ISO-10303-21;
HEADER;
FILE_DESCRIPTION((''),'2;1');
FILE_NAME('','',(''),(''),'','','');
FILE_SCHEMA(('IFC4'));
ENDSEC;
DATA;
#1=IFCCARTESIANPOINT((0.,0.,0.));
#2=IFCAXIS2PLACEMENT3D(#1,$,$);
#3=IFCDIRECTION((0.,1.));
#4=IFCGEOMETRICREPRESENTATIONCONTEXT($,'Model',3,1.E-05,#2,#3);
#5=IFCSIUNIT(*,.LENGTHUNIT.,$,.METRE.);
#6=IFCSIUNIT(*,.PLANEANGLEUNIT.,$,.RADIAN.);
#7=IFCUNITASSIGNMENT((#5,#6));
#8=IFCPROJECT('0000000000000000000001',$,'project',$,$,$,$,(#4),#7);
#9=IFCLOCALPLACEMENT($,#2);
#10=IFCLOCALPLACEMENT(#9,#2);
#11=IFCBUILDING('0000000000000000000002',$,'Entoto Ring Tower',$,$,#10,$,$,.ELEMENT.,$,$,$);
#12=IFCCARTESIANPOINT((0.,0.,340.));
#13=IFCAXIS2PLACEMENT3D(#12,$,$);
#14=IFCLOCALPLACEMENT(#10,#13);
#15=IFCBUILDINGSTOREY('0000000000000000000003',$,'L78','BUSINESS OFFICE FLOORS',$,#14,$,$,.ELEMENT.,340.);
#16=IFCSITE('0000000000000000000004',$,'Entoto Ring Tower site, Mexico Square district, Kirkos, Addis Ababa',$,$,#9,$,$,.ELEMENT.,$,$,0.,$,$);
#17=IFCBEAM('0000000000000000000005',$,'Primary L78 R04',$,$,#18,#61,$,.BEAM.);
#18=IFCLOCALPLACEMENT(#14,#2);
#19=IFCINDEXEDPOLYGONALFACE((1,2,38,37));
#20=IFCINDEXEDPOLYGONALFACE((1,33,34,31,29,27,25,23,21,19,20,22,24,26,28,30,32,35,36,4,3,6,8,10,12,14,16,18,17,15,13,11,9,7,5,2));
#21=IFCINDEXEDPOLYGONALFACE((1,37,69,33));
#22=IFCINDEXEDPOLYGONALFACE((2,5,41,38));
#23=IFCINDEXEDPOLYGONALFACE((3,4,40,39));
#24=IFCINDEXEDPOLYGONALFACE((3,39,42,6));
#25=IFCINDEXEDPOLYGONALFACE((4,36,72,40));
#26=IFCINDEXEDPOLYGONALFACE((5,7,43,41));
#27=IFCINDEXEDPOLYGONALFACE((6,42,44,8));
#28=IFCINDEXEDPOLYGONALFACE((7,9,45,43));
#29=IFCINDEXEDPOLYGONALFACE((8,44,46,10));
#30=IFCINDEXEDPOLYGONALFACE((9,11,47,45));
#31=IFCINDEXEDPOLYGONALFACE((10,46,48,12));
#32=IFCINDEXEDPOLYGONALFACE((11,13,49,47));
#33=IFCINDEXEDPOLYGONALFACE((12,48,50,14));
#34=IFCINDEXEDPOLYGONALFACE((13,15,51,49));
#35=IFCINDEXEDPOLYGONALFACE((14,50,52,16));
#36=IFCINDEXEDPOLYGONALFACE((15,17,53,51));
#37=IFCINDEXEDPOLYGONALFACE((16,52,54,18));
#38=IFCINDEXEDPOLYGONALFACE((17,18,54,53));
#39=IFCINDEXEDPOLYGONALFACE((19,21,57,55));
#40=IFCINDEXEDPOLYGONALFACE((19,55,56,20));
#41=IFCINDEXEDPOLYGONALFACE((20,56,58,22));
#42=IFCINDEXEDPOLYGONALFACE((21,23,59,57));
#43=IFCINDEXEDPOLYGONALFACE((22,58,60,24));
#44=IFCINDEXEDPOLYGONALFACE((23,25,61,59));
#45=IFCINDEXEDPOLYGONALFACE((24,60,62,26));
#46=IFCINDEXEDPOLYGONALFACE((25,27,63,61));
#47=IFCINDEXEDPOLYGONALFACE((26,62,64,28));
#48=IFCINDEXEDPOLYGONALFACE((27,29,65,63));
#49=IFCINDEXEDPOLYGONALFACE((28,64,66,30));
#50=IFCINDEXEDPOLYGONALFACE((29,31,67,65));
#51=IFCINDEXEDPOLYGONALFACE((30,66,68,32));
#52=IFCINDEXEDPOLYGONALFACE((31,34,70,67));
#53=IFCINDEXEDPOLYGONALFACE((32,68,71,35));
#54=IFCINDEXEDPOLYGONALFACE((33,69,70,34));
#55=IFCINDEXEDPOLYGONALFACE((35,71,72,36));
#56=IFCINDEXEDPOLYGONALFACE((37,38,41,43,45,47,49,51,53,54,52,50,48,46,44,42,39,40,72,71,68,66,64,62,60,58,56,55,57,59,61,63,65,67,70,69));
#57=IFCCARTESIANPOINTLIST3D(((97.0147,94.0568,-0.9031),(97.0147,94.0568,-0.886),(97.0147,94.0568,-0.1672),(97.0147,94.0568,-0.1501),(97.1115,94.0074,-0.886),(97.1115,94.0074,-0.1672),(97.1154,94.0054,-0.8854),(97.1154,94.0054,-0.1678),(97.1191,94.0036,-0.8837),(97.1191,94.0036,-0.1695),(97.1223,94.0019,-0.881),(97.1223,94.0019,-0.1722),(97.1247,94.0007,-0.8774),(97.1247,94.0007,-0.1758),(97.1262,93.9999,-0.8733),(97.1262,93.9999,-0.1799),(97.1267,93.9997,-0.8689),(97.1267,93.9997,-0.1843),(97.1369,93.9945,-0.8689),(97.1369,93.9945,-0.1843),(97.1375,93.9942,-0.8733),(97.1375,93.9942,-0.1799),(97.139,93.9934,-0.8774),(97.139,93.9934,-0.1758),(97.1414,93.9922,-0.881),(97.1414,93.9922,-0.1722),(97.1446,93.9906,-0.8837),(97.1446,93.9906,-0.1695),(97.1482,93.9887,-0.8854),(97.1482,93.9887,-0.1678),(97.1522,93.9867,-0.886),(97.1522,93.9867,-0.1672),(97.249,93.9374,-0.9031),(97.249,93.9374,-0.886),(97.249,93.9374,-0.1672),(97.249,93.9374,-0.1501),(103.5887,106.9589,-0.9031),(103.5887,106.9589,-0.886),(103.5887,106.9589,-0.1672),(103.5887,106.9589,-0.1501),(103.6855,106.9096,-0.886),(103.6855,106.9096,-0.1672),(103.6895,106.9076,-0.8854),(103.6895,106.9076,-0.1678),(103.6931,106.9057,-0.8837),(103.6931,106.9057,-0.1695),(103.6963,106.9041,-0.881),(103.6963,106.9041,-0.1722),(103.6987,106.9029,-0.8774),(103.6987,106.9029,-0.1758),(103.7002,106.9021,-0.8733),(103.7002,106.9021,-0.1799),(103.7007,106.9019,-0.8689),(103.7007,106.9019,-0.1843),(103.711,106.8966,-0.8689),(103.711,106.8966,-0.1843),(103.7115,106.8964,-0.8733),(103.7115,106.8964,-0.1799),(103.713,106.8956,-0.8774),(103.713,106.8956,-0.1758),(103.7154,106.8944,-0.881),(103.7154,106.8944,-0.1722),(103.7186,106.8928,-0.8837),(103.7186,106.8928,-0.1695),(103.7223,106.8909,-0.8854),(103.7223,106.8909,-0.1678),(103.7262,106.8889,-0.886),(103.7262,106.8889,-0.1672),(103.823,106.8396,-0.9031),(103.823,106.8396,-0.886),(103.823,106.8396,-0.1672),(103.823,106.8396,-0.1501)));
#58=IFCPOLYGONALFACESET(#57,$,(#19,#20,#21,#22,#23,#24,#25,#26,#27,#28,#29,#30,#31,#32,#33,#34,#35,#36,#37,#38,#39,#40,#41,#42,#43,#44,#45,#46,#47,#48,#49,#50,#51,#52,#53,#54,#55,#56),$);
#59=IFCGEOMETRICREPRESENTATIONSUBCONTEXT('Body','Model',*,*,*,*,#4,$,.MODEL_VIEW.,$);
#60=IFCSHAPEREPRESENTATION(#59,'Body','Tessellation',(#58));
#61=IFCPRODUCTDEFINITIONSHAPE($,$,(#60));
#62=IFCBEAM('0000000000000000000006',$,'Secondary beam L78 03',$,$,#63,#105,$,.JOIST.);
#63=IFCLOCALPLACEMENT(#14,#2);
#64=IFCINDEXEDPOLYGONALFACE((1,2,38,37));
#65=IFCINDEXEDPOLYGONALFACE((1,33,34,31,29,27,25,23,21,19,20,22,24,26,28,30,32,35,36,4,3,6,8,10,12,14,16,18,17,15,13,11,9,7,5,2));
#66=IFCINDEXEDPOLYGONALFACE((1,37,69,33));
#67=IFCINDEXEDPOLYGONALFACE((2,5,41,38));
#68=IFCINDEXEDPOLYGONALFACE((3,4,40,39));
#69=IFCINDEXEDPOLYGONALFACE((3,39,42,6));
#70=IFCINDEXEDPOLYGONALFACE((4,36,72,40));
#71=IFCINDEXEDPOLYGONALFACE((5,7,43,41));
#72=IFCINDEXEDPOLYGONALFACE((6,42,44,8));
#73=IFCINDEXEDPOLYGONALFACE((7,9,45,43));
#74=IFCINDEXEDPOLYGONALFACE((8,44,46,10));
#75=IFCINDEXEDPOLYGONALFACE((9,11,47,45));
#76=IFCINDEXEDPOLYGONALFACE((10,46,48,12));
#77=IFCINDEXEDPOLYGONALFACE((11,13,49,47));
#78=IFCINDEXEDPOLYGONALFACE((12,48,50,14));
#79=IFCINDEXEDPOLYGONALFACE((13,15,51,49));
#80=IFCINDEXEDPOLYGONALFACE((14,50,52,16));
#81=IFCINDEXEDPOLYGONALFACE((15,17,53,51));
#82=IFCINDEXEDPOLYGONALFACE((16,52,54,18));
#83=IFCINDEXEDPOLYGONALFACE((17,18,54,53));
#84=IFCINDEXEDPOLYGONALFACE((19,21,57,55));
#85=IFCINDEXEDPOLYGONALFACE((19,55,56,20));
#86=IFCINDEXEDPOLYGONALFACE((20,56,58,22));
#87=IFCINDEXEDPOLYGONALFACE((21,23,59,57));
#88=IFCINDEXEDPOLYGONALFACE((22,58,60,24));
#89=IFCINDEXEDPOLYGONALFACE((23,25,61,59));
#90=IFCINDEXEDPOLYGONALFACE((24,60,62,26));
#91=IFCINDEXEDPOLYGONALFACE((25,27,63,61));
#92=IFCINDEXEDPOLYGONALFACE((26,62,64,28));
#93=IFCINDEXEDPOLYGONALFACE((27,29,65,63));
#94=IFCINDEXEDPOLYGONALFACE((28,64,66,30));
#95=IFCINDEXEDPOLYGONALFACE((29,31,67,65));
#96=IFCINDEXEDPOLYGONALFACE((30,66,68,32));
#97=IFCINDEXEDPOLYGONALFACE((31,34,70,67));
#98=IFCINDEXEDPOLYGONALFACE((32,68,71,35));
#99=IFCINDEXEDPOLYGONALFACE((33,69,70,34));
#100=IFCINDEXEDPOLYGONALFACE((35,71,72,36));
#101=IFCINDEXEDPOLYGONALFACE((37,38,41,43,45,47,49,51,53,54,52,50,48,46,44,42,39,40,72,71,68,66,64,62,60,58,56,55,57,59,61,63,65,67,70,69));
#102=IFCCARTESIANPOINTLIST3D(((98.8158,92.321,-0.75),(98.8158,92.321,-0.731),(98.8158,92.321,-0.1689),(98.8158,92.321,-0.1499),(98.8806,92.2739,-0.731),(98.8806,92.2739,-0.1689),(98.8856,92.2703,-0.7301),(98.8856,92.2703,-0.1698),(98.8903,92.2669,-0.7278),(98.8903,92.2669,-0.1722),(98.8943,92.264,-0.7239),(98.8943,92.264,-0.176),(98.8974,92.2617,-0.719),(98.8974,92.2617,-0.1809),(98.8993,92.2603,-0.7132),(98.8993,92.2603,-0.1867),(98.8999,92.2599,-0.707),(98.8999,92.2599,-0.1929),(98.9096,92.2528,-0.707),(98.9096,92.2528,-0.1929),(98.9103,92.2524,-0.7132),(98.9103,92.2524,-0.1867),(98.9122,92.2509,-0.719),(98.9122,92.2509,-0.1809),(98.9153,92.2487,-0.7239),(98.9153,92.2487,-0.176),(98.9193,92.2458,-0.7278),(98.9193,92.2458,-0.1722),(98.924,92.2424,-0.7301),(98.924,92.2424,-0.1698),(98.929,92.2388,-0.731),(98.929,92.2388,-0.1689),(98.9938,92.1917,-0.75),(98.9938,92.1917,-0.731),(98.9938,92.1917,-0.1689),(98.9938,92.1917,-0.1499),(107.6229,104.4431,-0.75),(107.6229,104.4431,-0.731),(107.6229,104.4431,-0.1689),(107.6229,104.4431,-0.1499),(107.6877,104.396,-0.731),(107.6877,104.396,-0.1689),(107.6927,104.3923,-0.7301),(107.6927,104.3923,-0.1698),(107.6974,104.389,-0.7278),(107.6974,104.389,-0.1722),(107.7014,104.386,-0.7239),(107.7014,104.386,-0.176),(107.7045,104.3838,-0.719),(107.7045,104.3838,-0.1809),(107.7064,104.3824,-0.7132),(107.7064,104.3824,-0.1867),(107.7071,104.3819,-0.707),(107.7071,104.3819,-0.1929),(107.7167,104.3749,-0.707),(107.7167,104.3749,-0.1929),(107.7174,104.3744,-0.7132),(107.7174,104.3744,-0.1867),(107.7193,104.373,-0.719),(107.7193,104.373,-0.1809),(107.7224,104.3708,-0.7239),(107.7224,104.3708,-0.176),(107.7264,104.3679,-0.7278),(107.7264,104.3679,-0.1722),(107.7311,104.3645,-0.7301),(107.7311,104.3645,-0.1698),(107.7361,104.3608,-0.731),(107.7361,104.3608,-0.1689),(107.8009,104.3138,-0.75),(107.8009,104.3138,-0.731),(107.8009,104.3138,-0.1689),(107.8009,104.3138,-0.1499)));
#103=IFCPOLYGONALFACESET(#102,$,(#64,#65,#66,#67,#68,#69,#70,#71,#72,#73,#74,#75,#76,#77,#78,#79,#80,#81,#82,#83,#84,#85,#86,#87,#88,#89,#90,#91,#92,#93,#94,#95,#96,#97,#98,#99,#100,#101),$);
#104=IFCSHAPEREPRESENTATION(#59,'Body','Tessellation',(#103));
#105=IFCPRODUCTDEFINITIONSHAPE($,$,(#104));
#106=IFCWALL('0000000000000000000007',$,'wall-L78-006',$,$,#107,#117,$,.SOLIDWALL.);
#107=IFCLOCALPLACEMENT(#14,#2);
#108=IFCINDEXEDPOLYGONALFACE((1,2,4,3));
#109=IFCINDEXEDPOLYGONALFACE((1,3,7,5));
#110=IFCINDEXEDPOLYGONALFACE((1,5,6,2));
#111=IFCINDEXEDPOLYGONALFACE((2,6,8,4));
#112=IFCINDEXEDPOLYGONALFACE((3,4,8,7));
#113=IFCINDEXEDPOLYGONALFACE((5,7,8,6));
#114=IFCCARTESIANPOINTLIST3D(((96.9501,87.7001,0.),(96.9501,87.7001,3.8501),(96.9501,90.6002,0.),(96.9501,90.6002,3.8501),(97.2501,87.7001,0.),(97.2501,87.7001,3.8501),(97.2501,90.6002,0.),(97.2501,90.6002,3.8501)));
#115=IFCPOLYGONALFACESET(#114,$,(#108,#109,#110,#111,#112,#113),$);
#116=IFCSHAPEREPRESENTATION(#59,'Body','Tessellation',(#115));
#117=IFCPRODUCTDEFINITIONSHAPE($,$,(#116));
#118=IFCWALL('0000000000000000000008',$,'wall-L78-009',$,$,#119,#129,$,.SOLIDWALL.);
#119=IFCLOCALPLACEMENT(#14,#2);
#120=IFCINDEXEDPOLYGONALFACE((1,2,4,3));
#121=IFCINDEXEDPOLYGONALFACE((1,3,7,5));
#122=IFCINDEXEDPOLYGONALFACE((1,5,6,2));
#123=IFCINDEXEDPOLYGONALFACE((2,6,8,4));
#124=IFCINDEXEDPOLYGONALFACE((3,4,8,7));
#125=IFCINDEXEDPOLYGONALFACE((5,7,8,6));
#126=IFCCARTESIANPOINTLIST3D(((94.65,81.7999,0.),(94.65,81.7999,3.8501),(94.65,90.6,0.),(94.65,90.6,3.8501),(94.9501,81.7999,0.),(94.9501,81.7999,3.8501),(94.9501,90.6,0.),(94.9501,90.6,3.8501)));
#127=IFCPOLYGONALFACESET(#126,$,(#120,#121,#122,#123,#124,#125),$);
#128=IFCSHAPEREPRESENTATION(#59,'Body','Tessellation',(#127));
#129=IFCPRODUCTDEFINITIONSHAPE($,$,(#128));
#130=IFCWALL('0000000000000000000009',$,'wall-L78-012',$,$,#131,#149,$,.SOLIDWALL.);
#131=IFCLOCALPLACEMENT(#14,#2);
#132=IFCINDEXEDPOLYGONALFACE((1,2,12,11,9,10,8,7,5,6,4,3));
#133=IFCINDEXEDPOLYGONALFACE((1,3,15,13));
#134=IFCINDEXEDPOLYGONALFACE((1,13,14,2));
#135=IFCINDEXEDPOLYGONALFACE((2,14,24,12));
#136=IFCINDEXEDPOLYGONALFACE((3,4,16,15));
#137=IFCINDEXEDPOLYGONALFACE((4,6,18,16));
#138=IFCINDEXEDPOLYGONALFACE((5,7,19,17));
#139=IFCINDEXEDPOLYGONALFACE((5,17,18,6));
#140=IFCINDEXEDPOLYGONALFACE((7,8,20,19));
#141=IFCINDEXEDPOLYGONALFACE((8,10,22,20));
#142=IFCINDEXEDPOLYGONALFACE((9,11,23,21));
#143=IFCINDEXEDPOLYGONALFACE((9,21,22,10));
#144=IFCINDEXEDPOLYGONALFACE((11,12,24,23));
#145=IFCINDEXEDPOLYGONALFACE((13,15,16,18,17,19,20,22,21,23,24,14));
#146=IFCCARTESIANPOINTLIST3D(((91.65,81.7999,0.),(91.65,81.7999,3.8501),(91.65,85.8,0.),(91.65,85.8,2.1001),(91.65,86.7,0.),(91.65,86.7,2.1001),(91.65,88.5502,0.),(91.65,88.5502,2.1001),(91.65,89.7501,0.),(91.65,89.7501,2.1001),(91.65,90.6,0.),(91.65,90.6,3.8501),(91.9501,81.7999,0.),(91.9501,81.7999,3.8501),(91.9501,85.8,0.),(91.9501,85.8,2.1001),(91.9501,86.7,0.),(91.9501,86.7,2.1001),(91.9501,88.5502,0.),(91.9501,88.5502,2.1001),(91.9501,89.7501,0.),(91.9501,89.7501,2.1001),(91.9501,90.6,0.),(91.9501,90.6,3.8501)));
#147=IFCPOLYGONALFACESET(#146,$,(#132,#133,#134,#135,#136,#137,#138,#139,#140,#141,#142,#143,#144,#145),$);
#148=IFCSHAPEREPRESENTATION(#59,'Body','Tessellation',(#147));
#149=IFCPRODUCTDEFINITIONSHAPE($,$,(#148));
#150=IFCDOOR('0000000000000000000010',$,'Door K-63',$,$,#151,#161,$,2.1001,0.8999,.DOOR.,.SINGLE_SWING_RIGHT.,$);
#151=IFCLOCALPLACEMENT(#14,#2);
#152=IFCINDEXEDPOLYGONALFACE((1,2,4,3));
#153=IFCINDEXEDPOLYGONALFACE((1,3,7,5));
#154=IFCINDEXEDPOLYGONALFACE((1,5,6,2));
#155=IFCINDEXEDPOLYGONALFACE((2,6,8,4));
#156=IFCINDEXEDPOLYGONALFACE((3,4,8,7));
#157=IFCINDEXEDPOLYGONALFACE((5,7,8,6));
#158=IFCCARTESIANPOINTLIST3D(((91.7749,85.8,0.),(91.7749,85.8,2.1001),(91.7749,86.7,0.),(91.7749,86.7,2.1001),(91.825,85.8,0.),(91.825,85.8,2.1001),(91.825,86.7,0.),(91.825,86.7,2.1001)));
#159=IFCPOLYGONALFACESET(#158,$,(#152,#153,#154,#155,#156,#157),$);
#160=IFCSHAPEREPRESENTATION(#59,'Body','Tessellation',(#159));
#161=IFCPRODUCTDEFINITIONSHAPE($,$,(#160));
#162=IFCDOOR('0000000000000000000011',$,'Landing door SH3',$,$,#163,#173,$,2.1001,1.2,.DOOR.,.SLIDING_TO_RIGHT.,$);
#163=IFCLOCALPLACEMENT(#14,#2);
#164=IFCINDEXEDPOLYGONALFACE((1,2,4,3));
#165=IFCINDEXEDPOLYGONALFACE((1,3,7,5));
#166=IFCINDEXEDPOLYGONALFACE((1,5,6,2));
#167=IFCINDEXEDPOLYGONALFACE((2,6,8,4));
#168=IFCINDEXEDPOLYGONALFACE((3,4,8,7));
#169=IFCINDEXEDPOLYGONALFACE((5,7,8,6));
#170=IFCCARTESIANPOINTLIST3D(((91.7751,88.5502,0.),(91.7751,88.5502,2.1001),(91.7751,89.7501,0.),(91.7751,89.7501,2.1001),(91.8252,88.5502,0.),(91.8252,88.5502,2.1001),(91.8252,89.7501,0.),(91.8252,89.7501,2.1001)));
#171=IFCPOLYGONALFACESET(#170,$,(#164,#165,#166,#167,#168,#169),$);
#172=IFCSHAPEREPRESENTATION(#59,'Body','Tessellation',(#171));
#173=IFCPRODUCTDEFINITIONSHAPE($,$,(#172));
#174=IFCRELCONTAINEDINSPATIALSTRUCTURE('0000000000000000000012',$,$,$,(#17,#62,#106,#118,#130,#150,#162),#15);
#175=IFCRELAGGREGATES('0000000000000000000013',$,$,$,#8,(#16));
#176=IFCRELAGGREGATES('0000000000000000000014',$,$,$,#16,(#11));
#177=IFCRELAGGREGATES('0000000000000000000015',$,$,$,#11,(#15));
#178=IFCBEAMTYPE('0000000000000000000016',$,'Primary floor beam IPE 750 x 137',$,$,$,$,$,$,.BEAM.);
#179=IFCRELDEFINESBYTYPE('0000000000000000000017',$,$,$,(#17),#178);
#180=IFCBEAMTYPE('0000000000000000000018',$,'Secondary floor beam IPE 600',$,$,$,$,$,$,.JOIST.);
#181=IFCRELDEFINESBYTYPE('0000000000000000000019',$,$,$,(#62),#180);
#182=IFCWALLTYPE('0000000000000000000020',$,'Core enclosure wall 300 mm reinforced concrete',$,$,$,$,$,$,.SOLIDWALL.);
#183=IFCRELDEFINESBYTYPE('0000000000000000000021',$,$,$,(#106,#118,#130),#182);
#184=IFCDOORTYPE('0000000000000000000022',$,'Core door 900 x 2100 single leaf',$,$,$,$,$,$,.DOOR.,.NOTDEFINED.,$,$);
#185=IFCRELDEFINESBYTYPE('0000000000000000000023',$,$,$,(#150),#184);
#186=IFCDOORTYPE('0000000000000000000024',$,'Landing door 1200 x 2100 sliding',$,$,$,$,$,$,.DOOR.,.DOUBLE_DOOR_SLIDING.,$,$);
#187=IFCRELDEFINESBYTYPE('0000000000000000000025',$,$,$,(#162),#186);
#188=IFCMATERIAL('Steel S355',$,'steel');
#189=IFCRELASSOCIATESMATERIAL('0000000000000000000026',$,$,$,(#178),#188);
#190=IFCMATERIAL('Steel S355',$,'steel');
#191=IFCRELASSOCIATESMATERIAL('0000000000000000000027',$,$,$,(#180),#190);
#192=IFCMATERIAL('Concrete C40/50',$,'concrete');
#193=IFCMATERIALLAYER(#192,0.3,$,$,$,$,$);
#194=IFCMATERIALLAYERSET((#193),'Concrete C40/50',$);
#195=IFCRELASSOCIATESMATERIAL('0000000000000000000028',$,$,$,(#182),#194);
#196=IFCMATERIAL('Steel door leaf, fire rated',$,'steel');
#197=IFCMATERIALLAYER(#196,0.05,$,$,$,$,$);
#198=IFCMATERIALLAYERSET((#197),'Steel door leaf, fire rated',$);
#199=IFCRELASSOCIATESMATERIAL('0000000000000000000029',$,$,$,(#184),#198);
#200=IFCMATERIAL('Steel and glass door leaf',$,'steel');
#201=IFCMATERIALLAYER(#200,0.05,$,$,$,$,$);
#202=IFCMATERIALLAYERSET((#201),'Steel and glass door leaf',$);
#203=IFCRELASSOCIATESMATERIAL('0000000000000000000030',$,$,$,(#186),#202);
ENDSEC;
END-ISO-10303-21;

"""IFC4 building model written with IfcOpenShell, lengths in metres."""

from ifc_helpers import new_model, si_unit, direction, frame, frame_2d, origin, origin_2d, place, context, subcontext, project, spatial, rectangle, i_section, extrude, material, layer, layer_set, material_profile, profile_set, type_object, element, fill, save


model = new_model("IFC4")

# Units and contexts
model_context = context("Model", 3, precision=1e-05, world=origin(), true_north=direction((0.0, 1.0)))
body_context = subcontext(model_context, "Body", "Model", "MODEL_VIEW")
ifc_project = project(units=[si_unit("LENGTHUNIT", "METRE"), si_unit("PLANEANGLEUNIT", "RADIAN")], contexts=[model_context])

# Site, building, storey
site_placement = place(None, origin())
site = spatial("IfcSite", under=ifc_project, at=site_placement, Name="Entoto Ring Tower site, Mexico Square district, Kirkos, Addis Ababa", CompositionType="ELEMENT", RefElevation=0.0)
building_placement = place(site_placement, origin())
building = spatial("IfcBuilding", under=site, at=building_placement, Name="Entoto Ring Tower", CompositionType="ELEMENT")
storey_placement = place(building_placement, frame((0.0, 0.0, 340.0)))
storey = spatial("IfcBuildingStorey", under=building, at=storey_placement, Name="L78", Description="BUSINESS OFFICE FLOORS", CompositionType="ELEMENT", Elevation=340.0)

# Beams
ifc_material_1 = material(Name="Steel S355", Category="steel")
ifc_material_profile_1 = material_profile(ifc_material_1, i_section(OverallWidth=0.2629, OverallDepth=0.7529, WebThickness=0.0115, FlangeThickness=0.0171, FilletRadius=0.0171, at=origin_2d()), Name="IPE 750 x 137")
ifc_profile_set_1 = profile_set([ifc_material_profile_1], Name="Steel S355")
beam_type_1 = type_object("IfcBeamType", Name="Primary floor beam IPE 750 x 137", PredefinedType="BEAM", material=ifc_profile_set_1)
beam_1_placement = place(storey_placement, frame((97.1318, 93.9971, -0.5266), z_axis=(0.453992, 0.891006, 0.0), x_axis=(-0.891006, 0.453992, 0.0)))
element("IfcBeam", 1, at=beam_1_placement, inside=storey, type_object=beam_type_1, Name="Primary L78 R04", PredefinedType="BEAM", context=body_context, shape_type="SweptSolid", body=[
    extrude(i_section(OverallWidth=0.2629, OverallDepth=0.7529, WebThickness=0.0115, FlangeThickness=0.0171, FilletRadius=0.0171, at=origin_2d()), origin(), (0.0, 0.0, 1.0), 14.4805),
])
ifc_material_2 = material(Name="Steel S355", Category="steel")
ifc_material_profile_2 = material_profile(ifc_material_2, i_section(OverallWidth=0.22, OverallDepth=0.6001, WebThickness=0.012, FlangeThickness=0.019, FilletRadius=0.0239, at=origin_2d()), Name="IPE 600")
ifc_profile_set_2 = profile_set([ifc_material_profile_2], Name="Steel S355")
beam_type_2 = type_object("IfcBeamType", Name="Secondary floor beam IPE 600", PredefinedType="JOIST", material=ifc_profile_set_2)
beam_2_placement = place(storey_placement, frame((98.9048, 92.2563, -0.45), z_axis=(0.587782, 0.809019, 0.0), x_axis=(-0.809019, 0.587782, 0.0)))
element("IfcBeam", 2, at=beam_2_placement, inside=storey, type_object=beam_type_2, Name="Secondary beam L78 03", PredefinedType="JOIST", context=body_context, shape_type="SweptSolid", body=[
    extrude(i_section(OverallWidth=0.22, OverallDepth=0.6001, WebThickness=0.012, FlangeThickness=0.019, FilletRadius=0.0239, at=origin_2d()), origin(), (0.0, 0.0, 1.0), 14.9836),
])

# Walls
ifc_material_3 = material(Name="Concrete C40/50", Category="concrete")
ifc_layer_1 = layer(ifc_material_3, 0.3)
ifc_layer_set_1 = layer_set([ifc_layer_1], Name="Concrete C40/50")
wall_type_1 = type_object("IfcWallType", Name="Core enclosure wall 300 mm reinforced concrete", PredefinedType="SOLIDWALL", material=ifc_layer_set_1)
wall_1_placement = place(storey_placement, frame((97.1001, 87.7, 0.0), z_axis=(0.0, 0.0, 1.0), x_axis=(0.0, 1.0, 0.0)))
element("IfcWall", 3, at=wall_1_placement, inside=storey, type_object=wall_type_1, Name="wall-L78-006", PredefinedType="SOLIDWALL", context=body_context, shape_type="SweptSolid", body=[
    extrude(rectangle(XDim=2.9001, YDim=0.3, at=frame_2d((1.4502, 0.0))), origin(), (0.0, 0.0, 1.0), 3.8501),
])
wall_2_placement = place(storey_placement, frame((94.8, 81.8, 0.0), z_axis=(0.0, 0.0, 1.0), x_axis=(0.0, 1.0, 0.0)))
element("IfcWall", 4, at=wall_2_placement, inside=storey, type_object=wall_type_1, Name="wall-L78-009", PredefinedType="SOLIDWALL", context=body_context, shape_type="SweptSolid", body=[
    extrude(rectangle(XDim=8.8, YDim=0.3, at=frame_2d((4.3999, 0.0))), origin(), (0.0, 0.0, 1.0), 3.8501),
])

# Wall, openings, doors
wall_3_placement = place(storey_placement, frame((91.8, 81.8, 0.0), z_axis=(0.0, 0.0, 1.0), x_axis=(0.0, 1.0, 0.0)))
wall_3 = element("IfcWall", 5, at=wall_3_placement, inside=storey, type_object=wall_type_1, Name="wall-L78-012", PredefinedType="SOLIDWALL", context=body_context, shape_type="SweptSolid", body=[
    extrude(rectangle(XDim=8.8, YDim=0.3, at=frame_2d((4.3999, 0.0))), origin(), (0.0, 0.0, 1.0), 3.8501),
])
opening_1_placement = place(wall_3_placement, frame((6.75, 0.0, 0.0)))
opening_1 = element("IfcOpeningElement", 6, at=opening_1_placement, cuts=wall_3, PredefinedType="OPENING", context=body_context, shape_type="SweptSolid", body=[
    extrude(rectangle(XDim=1.2, YDim=2.1001, at=frame_2d((0.6001, 1.05))), frame((0.0, 0.1602, 0.0), z_axis=(0.0, -1.0, 0.0), x_axis=(1.0, 0.0, 0.0)), (0.0, 0.0, 1.0), 0.3201),
])
opening_2_placement = place(wall_3_placement, frame((4.0, 0.0, 0.0)))
opening_2 = element("IfcOpeningElement", 7, at=opening_2_placement, cuts=wall_3, PredefinedType="OPENING", context=body_context, shape_type="SweptSolid", body=[
    extrude(rectangle(XDim=0.8999, YDim=2.1001, at=frame_2d((0.45, 1.05))), frame((0.0, 0.1602, 0.0), z_axis=(0.0, -1.0, 0.0), x_axis=(1.0, 0.0, 0.0)), (0.0, 0.0, 1.0), 0.3201),
])
ifc_material_4 = material(Name="Steel door leaf, fire rated", Category="steel")
ifc_layer_2 = layer(ifc_material_4, 0.05)
ifc_layer_set_2 = layer_set([ifc_layer_2], Name="Steel door leaf, fire rated")
door_type_1 = type_object("IfcDoorType", Name="Core door 900 x 2100 single leaf", OperationType="NOTDEFINED", PredefinedType="DOOR", material=ifc_layer_set_2)
door_1_placement = place(opening_2_placement, frame((0.8999, 0.0, 0.0), z_axis=(0.0, 0.0, 1.0), x_axis=(-1.0, 0.0, 0.0)))
door_1 = element("IfcDoor", 8, at=door_1_placement, inside=storey, type_object=door_type_1, Name="Door K-63", OperationType="SINGLE_SWING_RIGHT", OverallHeight=2.1001, OverallWidth=0.8999, PredefinedType="DOOR", context=body_context, shape_type="SweptSolid", body=[
    extrude(rectangle(XDim=0.8999, YDim=2.1001, at=frame_2d((0.45, 1.05))), frame((0.0, 0.0249, 0.0), z_axis=(0.0, -1.0, 0.0), x_axis=(1.0, 0.0, 0.0)), (0.0, 0.0, 1.0), 0.05),
])
fill(opening_2, door_1)
ifc_material_5 = material(Name="Steel and glass door leaf", Category="steel")
ifc_layer_3 = layer(ifc_material_5, 0.05)
ifc_layer_set_3 = layer_set([ifc_layer_3], Name="Steel and glass door leaf")
door_type_2 = type_object("IfcDoorType", Name="Landing door 1200 x 2100 sliding", OperationType="DOUBLE_DOOR_SLIDING", PredefinedType="DOOR", material=ifc_layer_set_3)
door_2_placement = place(opening_1_placement, origin())
door_2 = element("IfcDoor", 9, at=door_2_placement, inside=storey, type_object=door_type_2, Name="Landing door SH3", OperationType="SLIDING_TO_RIGHT", OverallHeight=2.1001, OverallWidth=1.2, PredefinedType="DOOR", context=body_context, shape_type="SweptSolid", body=[
    extrude(rectangle(XDim=1.2, YDim=2.1001, at=frame_2d((0.6001, 1.05))), frame((0.0, 0.0249, 0.0), z_axis=(0.0, -1.0, 0.0), x_axis=(1.0, 0.0, 0.0)), (0.0, 0.0, 1.0), 0.05),
])
fill(opening_1, door_2)

save(model, "model.ifc")
